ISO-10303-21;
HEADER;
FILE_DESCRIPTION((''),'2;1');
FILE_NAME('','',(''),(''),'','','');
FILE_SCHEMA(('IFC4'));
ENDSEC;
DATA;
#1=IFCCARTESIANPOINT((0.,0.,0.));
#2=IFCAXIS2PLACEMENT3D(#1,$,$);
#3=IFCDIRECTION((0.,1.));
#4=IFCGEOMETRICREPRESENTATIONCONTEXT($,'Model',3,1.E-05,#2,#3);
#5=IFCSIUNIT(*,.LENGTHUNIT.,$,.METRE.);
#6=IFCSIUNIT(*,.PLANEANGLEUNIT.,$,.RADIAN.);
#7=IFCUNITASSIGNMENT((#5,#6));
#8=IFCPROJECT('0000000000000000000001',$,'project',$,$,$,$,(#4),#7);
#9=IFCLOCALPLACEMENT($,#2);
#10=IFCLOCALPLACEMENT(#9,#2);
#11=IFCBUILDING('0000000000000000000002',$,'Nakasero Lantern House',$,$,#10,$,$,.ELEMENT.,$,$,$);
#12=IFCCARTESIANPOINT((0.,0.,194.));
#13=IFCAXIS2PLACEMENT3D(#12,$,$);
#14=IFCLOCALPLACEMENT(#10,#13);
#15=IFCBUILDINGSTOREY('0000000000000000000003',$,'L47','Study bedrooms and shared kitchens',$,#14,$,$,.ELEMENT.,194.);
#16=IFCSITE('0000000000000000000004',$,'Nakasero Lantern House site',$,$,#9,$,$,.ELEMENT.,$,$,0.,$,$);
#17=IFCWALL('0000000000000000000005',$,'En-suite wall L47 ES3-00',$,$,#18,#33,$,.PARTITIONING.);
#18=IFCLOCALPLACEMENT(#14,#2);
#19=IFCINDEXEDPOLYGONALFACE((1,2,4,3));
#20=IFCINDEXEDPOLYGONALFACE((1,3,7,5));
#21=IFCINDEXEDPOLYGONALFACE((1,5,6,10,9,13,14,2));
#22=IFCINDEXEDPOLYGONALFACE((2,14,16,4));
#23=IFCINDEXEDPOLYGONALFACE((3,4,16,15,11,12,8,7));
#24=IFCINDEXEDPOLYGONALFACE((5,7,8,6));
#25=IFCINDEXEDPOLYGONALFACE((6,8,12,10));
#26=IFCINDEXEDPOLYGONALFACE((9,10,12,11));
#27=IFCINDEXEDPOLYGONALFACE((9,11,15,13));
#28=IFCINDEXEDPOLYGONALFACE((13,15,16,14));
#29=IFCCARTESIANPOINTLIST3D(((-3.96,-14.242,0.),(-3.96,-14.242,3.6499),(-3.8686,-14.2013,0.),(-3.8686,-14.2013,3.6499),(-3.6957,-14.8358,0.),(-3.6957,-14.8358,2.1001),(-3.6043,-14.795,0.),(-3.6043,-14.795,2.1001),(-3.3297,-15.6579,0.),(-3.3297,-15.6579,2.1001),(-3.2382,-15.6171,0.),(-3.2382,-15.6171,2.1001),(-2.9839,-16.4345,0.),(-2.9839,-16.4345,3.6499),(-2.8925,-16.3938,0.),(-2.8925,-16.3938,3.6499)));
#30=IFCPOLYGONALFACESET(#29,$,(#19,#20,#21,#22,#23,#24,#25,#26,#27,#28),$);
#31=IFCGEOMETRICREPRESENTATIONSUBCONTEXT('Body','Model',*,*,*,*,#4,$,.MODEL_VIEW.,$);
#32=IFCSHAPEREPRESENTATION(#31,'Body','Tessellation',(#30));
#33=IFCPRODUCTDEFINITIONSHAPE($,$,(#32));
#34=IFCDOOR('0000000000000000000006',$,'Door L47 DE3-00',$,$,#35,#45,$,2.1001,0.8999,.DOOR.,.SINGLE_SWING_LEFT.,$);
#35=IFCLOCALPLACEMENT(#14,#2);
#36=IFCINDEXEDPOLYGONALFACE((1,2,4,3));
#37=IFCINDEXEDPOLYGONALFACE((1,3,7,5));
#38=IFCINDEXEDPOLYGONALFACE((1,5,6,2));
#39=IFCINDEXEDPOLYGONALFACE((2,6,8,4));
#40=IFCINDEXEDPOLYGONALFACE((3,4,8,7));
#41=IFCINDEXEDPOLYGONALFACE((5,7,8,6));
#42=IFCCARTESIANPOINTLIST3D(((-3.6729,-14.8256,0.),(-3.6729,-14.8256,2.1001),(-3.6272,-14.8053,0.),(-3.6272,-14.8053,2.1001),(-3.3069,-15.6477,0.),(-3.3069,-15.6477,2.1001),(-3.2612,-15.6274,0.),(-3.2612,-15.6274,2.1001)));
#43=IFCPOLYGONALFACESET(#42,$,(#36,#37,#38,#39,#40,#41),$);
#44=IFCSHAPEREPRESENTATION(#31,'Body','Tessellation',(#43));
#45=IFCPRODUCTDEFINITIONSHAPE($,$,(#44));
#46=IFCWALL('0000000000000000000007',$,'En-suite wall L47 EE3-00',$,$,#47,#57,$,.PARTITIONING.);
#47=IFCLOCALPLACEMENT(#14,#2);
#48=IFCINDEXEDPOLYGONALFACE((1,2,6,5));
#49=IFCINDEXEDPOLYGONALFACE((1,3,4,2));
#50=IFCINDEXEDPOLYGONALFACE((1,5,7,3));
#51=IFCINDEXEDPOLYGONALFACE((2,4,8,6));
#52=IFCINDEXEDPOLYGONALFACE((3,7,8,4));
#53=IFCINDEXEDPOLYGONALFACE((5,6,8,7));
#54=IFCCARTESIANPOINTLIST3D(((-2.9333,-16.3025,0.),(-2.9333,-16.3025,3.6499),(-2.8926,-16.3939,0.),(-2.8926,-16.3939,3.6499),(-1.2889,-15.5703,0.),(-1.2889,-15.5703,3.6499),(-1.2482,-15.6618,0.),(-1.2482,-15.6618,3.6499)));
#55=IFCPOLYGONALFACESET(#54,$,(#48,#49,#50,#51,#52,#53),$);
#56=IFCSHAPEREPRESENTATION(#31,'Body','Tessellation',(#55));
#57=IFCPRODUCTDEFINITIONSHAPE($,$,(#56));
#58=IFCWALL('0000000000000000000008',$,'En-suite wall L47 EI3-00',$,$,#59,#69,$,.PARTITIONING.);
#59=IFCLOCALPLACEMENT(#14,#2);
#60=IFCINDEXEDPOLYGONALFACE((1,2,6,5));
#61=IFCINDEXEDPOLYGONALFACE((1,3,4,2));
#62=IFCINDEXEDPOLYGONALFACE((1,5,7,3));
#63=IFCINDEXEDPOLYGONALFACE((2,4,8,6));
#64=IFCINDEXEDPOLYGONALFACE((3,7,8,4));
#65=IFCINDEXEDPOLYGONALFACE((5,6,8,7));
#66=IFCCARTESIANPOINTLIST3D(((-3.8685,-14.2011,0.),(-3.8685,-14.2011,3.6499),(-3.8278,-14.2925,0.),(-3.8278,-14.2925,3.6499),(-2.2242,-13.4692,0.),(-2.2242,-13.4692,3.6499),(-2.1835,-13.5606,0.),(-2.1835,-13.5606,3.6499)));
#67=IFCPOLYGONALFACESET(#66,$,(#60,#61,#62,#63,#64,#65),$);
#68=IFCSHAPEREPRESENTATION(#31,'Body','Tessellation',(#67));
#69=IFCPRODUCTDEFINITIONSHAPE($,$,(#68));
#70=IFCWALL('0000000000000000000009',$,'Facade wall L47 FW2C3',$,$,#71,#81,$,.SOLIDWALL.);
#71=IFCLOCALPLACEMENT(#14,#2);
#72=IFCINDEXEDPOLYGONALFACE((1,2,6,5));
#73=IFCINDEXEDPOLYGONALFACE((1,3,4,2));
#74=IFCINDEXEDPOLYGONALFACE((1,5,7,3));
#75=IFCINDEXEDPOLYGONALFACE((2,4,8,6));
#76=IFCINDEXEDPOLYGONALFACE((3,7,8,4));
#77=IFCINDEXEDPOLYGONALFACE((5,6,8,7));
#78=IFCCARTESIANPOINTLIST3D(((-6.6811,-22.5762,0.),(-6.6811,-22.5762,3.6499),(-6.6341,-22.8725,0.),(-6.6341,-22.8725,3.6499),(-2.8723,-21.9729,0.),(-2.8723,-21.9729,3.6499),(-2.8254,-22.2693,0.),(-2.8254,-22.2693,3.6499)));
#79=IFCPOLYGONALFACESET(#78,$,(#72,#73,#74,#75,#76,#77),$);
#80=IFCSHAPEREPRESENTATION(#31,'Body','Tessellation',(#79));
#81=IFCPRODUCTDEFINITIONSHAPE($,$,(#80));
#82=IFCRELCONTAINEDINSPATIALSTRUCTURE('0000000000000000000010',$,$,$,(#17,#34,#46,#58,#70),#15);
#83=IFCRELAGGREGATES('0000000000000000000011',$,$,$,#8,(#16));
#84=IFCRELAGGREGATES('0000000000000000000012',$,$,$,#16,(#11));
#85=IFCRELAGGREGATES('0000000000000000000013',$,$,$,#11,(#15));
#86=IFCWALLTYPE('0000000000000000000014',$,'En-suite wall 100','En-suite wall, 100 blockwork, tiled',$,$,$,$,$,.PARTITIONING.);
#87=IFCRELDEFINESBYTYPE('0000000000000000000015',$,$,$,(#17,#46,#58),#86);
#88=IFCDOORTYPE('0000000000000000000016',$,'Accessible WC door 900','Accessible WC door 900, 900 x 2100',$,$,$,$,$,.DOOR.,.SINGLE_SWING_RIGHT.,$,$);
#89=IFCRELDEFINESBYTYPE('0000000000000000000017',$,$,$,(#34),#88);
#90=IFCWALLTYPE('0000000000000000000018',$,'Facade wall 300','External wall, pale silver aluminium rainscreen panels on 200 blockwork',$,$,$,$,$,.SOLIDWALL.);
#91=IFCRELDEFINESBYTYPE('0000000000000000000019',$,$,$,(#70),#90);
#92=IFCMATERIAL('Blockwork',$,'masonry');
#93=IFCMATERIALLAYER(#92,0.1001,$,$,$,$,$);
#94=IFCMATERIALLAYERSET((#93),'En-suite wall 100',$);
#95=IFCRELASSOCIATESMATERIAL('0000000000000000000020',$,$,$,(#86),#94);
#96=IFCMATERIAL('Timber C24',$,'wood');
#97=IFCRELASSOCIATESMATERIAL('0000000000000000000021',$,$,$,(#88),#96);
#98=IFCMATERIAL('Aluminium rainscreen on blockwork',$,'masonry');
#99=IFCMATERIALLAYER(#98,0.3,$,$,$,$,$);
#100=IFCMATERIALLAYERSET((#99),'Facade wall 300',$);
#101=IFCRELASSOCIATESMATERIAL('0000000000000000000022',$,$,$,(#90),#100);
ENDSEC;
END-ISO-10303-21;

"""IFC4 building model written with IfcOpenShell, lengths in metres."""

from ifc_helpers import new_model, si_unit, direction, frame, frame_2d, origin, place, context, subcontext, project, spatial, rectangle, extrude, material, layer, layer_set, type_object, element, fill, save


model = new_model("IFC4")

# Units and contexts
model_context = context("Model", 3, precision=1e-05, world=origin(), true_north=direction((0.0, 1.0)))
body_context = subcontext(model_context, "Body", "Model", "MODEL_VIEW")
ifc_project = project(units=[si_unit("LENGTHUNIT", "METRE"), si_unit("PLANEANGLEUNIT", "RADIAN")], contexts=[model_context])

# Site, building, storey
site_placement = place(None, origin())
site = spatial("IfcSite", under=ifc_project, at=site_placement, Name="Nakasero Lantern House site", CompositionType="ELEMENT", RefElevation=0.0)
building_placement = place(site_placement, origin())
building = spatial("IfcBuilding", under=site, at=building_placement, Name="Nakasero Lantern House", CompositionType="ELEMENT")
storey_placement = place(building_placement, frame((0.0, 0.0, 194.0)))
storey = spatial("IfcBuildingStorey", under=building, at=storey_placement, Name="L47", Description="Study bedrooms and shared kitchens", CompositionType="ELEMENT", Elevation=194.0)

# Wall, opening, door
ifc_material_1 = material(Name="Blockwork", Category="masonry")
ifc_layer_1 = layer(ifc_material_1, 0.1001)
ifc_layer_set_1 = layer_set([ifc_layer_1], Name="En-suite wall 100")
wall_type_1 = type_object("IfcWallType", Name="En-suite wall 100", Description="En-suite wall, 100 blockwork, tiled", PredefinedType="PARTITIONING", material=ifc_layer_set_1)
wall_1_placement = place(storey_placement, frame((-3.9143, -14.2217, 0.0), z_axis=(0.0, 0.0, 1.0), x_axis=(0.406724, -0.913551, 0.0)))
wall_1 = element("IfcWall", 1, at=wall_1_placement, inside=storey, type_object=wall_type_1, Name="En-suite wall L47 ES3-00", PredefinedType="PARTITIONING", context=body_context, shape_type="SweptSolid", body=[
    extrude(rectangle(XDim=2.3999, YDim=0.1001, at=frame_2d((1.2, 0.0))), origin(), (0.0, 0.0, 1.0), 3.6499),
])
opening_1_placement = place(wall_1_placement, frame((0.6499, 0.0, 0.0)))
opening_1 = element("IfcOpeningElement", 2, at=opening_1_placement, cuts=wall_1, PredefinedType="OPENING", context=body_context, shape_type="SweptSolid", body=[
    extrude(rectangle(XDim=0.8999, YDim=2.1001, at=frame_2d((0.45, 1.05))), frame((0.0, 0.0701, 0.0), z_axis=(0.0, -1.0, 0.0), x_axis=(1.0, 0.0, 0.0)), (0.0, 0.0, 1.0), 0.1401),
])
ifc_material_2 = material(Name="Timber C24", Category="wood")
door_type_1 = type_object("IfcDoorType", Name="Accessible WC door 900", Description="Accessible WC door 900, 900 x 2100", OperationType="SINGLE_SWING_RIGHT", PredefinedType="DOOR", material=ifc_material_2)
door_1_placement = place(opening_1_placement, origin())
door_1 = element("IfcDoor", 3, at=door_1_placement, inside=storey, type_object=door_type_1, Name="Door L47 DE3-00", OperationType="SINGLE_SWING_LEFT", OverallHeight=2.1001, OverallWidth=0.8999, PredefinedType="DOOR", context=body_context, shape_type="SweptSolid", body=[
    extrude(rectangle(XDim=0.8999, YDim=2.1001, at=frame_2d((0.45, 1.05))), frame((0.0, 0.0249, 0.0), z_axis=(0.0, -1.0, 0.0), x_axis=(1.0, 0.0, 0.0)), (0.0, 0.0, 1.0), 0.05),
])
fill(opening_1, door_1)

# Walls
wall_2_placement = place(storey_placement, frame((-2.9128, -16.3481, 0.0), z_axis=(0.0, 0.0, 1.0), x_axis=(0.913549, 0.40673, 0.0)))
element("IfcWall", 4, at=wall_2_placement, inside=storey, type_object=wall_type_1, Name="En-suite wall L47 EE3-00", PredefinedType="PARTITIONING", context=body_context, shape_type="SweptSolid", body=[
    extrude(rectangle(XDim=1.8, YDim=0.1001, at=frame_2d((0.8999, 0.0))), origin(), (0.0, 0.0, 1.0), 3.6499),
])
wall_3_placement = place(storey_placement, frame((-3.8481, -14.2468, 0.0), z_axis=(0.0, 0.0, 1.0), x_axis=(0.913576, 0.406667, 0.0)))
element("IfcWall", 5, at=wall_3_placement, inside=storey, type_object=wall_type_1, Name="En-suite wall L47 EI3-00", PredefinedType="PARTITIONING", context=body_context, shape_type="SweptSolid", body=[
    extrude(rectangle(XDim=1.7998, YDim=0.1001, at=frame_2d((0.8999, 0.0))), origin(), (0.0, 0.0, 1.0), 3.6499),
])
ifc_material_3 = material(Name="Aluminium rainscreen on blockwork", Category="masonry")
ifc_layer_2 = layer(ifc_material_3, 0.3)
ifc_layer_set_2 = layer_set([ifc_layer_2], Name="Facade wall 300")
wall_type_2 = type_object("IfcWallType", Name="Facade wall 300", Description="External wall, pale silver aluminium rainscreen panels on 200 blockwork", PredefinedType="SOLIDWALL", material=ifc_layer_set_2)
wall_4_placement = place(storey_placement, frame((-6.6577, -22.7244, 0.0), z_axis=(0.0, 0.0, 1.0), x_axis=(0.987688, 0.156437, 0.0)))
element("IfcWall", 6, at=wall_4_placement, inside=storey, type_object=wall_type_2, Name="Facade wall L47 FW2C3", PredefinedType="SOLIDWALL", context=body_context, shape_type="SweptSolid", body=[
    extrude(rectangle(XDim=3.8562, YDim=0.3, at=frame_2d((1.9282, 0.0))), origin(), (0.0, 0.0, 1.0), 3.6499),
])

save(model, "model.ifc")
